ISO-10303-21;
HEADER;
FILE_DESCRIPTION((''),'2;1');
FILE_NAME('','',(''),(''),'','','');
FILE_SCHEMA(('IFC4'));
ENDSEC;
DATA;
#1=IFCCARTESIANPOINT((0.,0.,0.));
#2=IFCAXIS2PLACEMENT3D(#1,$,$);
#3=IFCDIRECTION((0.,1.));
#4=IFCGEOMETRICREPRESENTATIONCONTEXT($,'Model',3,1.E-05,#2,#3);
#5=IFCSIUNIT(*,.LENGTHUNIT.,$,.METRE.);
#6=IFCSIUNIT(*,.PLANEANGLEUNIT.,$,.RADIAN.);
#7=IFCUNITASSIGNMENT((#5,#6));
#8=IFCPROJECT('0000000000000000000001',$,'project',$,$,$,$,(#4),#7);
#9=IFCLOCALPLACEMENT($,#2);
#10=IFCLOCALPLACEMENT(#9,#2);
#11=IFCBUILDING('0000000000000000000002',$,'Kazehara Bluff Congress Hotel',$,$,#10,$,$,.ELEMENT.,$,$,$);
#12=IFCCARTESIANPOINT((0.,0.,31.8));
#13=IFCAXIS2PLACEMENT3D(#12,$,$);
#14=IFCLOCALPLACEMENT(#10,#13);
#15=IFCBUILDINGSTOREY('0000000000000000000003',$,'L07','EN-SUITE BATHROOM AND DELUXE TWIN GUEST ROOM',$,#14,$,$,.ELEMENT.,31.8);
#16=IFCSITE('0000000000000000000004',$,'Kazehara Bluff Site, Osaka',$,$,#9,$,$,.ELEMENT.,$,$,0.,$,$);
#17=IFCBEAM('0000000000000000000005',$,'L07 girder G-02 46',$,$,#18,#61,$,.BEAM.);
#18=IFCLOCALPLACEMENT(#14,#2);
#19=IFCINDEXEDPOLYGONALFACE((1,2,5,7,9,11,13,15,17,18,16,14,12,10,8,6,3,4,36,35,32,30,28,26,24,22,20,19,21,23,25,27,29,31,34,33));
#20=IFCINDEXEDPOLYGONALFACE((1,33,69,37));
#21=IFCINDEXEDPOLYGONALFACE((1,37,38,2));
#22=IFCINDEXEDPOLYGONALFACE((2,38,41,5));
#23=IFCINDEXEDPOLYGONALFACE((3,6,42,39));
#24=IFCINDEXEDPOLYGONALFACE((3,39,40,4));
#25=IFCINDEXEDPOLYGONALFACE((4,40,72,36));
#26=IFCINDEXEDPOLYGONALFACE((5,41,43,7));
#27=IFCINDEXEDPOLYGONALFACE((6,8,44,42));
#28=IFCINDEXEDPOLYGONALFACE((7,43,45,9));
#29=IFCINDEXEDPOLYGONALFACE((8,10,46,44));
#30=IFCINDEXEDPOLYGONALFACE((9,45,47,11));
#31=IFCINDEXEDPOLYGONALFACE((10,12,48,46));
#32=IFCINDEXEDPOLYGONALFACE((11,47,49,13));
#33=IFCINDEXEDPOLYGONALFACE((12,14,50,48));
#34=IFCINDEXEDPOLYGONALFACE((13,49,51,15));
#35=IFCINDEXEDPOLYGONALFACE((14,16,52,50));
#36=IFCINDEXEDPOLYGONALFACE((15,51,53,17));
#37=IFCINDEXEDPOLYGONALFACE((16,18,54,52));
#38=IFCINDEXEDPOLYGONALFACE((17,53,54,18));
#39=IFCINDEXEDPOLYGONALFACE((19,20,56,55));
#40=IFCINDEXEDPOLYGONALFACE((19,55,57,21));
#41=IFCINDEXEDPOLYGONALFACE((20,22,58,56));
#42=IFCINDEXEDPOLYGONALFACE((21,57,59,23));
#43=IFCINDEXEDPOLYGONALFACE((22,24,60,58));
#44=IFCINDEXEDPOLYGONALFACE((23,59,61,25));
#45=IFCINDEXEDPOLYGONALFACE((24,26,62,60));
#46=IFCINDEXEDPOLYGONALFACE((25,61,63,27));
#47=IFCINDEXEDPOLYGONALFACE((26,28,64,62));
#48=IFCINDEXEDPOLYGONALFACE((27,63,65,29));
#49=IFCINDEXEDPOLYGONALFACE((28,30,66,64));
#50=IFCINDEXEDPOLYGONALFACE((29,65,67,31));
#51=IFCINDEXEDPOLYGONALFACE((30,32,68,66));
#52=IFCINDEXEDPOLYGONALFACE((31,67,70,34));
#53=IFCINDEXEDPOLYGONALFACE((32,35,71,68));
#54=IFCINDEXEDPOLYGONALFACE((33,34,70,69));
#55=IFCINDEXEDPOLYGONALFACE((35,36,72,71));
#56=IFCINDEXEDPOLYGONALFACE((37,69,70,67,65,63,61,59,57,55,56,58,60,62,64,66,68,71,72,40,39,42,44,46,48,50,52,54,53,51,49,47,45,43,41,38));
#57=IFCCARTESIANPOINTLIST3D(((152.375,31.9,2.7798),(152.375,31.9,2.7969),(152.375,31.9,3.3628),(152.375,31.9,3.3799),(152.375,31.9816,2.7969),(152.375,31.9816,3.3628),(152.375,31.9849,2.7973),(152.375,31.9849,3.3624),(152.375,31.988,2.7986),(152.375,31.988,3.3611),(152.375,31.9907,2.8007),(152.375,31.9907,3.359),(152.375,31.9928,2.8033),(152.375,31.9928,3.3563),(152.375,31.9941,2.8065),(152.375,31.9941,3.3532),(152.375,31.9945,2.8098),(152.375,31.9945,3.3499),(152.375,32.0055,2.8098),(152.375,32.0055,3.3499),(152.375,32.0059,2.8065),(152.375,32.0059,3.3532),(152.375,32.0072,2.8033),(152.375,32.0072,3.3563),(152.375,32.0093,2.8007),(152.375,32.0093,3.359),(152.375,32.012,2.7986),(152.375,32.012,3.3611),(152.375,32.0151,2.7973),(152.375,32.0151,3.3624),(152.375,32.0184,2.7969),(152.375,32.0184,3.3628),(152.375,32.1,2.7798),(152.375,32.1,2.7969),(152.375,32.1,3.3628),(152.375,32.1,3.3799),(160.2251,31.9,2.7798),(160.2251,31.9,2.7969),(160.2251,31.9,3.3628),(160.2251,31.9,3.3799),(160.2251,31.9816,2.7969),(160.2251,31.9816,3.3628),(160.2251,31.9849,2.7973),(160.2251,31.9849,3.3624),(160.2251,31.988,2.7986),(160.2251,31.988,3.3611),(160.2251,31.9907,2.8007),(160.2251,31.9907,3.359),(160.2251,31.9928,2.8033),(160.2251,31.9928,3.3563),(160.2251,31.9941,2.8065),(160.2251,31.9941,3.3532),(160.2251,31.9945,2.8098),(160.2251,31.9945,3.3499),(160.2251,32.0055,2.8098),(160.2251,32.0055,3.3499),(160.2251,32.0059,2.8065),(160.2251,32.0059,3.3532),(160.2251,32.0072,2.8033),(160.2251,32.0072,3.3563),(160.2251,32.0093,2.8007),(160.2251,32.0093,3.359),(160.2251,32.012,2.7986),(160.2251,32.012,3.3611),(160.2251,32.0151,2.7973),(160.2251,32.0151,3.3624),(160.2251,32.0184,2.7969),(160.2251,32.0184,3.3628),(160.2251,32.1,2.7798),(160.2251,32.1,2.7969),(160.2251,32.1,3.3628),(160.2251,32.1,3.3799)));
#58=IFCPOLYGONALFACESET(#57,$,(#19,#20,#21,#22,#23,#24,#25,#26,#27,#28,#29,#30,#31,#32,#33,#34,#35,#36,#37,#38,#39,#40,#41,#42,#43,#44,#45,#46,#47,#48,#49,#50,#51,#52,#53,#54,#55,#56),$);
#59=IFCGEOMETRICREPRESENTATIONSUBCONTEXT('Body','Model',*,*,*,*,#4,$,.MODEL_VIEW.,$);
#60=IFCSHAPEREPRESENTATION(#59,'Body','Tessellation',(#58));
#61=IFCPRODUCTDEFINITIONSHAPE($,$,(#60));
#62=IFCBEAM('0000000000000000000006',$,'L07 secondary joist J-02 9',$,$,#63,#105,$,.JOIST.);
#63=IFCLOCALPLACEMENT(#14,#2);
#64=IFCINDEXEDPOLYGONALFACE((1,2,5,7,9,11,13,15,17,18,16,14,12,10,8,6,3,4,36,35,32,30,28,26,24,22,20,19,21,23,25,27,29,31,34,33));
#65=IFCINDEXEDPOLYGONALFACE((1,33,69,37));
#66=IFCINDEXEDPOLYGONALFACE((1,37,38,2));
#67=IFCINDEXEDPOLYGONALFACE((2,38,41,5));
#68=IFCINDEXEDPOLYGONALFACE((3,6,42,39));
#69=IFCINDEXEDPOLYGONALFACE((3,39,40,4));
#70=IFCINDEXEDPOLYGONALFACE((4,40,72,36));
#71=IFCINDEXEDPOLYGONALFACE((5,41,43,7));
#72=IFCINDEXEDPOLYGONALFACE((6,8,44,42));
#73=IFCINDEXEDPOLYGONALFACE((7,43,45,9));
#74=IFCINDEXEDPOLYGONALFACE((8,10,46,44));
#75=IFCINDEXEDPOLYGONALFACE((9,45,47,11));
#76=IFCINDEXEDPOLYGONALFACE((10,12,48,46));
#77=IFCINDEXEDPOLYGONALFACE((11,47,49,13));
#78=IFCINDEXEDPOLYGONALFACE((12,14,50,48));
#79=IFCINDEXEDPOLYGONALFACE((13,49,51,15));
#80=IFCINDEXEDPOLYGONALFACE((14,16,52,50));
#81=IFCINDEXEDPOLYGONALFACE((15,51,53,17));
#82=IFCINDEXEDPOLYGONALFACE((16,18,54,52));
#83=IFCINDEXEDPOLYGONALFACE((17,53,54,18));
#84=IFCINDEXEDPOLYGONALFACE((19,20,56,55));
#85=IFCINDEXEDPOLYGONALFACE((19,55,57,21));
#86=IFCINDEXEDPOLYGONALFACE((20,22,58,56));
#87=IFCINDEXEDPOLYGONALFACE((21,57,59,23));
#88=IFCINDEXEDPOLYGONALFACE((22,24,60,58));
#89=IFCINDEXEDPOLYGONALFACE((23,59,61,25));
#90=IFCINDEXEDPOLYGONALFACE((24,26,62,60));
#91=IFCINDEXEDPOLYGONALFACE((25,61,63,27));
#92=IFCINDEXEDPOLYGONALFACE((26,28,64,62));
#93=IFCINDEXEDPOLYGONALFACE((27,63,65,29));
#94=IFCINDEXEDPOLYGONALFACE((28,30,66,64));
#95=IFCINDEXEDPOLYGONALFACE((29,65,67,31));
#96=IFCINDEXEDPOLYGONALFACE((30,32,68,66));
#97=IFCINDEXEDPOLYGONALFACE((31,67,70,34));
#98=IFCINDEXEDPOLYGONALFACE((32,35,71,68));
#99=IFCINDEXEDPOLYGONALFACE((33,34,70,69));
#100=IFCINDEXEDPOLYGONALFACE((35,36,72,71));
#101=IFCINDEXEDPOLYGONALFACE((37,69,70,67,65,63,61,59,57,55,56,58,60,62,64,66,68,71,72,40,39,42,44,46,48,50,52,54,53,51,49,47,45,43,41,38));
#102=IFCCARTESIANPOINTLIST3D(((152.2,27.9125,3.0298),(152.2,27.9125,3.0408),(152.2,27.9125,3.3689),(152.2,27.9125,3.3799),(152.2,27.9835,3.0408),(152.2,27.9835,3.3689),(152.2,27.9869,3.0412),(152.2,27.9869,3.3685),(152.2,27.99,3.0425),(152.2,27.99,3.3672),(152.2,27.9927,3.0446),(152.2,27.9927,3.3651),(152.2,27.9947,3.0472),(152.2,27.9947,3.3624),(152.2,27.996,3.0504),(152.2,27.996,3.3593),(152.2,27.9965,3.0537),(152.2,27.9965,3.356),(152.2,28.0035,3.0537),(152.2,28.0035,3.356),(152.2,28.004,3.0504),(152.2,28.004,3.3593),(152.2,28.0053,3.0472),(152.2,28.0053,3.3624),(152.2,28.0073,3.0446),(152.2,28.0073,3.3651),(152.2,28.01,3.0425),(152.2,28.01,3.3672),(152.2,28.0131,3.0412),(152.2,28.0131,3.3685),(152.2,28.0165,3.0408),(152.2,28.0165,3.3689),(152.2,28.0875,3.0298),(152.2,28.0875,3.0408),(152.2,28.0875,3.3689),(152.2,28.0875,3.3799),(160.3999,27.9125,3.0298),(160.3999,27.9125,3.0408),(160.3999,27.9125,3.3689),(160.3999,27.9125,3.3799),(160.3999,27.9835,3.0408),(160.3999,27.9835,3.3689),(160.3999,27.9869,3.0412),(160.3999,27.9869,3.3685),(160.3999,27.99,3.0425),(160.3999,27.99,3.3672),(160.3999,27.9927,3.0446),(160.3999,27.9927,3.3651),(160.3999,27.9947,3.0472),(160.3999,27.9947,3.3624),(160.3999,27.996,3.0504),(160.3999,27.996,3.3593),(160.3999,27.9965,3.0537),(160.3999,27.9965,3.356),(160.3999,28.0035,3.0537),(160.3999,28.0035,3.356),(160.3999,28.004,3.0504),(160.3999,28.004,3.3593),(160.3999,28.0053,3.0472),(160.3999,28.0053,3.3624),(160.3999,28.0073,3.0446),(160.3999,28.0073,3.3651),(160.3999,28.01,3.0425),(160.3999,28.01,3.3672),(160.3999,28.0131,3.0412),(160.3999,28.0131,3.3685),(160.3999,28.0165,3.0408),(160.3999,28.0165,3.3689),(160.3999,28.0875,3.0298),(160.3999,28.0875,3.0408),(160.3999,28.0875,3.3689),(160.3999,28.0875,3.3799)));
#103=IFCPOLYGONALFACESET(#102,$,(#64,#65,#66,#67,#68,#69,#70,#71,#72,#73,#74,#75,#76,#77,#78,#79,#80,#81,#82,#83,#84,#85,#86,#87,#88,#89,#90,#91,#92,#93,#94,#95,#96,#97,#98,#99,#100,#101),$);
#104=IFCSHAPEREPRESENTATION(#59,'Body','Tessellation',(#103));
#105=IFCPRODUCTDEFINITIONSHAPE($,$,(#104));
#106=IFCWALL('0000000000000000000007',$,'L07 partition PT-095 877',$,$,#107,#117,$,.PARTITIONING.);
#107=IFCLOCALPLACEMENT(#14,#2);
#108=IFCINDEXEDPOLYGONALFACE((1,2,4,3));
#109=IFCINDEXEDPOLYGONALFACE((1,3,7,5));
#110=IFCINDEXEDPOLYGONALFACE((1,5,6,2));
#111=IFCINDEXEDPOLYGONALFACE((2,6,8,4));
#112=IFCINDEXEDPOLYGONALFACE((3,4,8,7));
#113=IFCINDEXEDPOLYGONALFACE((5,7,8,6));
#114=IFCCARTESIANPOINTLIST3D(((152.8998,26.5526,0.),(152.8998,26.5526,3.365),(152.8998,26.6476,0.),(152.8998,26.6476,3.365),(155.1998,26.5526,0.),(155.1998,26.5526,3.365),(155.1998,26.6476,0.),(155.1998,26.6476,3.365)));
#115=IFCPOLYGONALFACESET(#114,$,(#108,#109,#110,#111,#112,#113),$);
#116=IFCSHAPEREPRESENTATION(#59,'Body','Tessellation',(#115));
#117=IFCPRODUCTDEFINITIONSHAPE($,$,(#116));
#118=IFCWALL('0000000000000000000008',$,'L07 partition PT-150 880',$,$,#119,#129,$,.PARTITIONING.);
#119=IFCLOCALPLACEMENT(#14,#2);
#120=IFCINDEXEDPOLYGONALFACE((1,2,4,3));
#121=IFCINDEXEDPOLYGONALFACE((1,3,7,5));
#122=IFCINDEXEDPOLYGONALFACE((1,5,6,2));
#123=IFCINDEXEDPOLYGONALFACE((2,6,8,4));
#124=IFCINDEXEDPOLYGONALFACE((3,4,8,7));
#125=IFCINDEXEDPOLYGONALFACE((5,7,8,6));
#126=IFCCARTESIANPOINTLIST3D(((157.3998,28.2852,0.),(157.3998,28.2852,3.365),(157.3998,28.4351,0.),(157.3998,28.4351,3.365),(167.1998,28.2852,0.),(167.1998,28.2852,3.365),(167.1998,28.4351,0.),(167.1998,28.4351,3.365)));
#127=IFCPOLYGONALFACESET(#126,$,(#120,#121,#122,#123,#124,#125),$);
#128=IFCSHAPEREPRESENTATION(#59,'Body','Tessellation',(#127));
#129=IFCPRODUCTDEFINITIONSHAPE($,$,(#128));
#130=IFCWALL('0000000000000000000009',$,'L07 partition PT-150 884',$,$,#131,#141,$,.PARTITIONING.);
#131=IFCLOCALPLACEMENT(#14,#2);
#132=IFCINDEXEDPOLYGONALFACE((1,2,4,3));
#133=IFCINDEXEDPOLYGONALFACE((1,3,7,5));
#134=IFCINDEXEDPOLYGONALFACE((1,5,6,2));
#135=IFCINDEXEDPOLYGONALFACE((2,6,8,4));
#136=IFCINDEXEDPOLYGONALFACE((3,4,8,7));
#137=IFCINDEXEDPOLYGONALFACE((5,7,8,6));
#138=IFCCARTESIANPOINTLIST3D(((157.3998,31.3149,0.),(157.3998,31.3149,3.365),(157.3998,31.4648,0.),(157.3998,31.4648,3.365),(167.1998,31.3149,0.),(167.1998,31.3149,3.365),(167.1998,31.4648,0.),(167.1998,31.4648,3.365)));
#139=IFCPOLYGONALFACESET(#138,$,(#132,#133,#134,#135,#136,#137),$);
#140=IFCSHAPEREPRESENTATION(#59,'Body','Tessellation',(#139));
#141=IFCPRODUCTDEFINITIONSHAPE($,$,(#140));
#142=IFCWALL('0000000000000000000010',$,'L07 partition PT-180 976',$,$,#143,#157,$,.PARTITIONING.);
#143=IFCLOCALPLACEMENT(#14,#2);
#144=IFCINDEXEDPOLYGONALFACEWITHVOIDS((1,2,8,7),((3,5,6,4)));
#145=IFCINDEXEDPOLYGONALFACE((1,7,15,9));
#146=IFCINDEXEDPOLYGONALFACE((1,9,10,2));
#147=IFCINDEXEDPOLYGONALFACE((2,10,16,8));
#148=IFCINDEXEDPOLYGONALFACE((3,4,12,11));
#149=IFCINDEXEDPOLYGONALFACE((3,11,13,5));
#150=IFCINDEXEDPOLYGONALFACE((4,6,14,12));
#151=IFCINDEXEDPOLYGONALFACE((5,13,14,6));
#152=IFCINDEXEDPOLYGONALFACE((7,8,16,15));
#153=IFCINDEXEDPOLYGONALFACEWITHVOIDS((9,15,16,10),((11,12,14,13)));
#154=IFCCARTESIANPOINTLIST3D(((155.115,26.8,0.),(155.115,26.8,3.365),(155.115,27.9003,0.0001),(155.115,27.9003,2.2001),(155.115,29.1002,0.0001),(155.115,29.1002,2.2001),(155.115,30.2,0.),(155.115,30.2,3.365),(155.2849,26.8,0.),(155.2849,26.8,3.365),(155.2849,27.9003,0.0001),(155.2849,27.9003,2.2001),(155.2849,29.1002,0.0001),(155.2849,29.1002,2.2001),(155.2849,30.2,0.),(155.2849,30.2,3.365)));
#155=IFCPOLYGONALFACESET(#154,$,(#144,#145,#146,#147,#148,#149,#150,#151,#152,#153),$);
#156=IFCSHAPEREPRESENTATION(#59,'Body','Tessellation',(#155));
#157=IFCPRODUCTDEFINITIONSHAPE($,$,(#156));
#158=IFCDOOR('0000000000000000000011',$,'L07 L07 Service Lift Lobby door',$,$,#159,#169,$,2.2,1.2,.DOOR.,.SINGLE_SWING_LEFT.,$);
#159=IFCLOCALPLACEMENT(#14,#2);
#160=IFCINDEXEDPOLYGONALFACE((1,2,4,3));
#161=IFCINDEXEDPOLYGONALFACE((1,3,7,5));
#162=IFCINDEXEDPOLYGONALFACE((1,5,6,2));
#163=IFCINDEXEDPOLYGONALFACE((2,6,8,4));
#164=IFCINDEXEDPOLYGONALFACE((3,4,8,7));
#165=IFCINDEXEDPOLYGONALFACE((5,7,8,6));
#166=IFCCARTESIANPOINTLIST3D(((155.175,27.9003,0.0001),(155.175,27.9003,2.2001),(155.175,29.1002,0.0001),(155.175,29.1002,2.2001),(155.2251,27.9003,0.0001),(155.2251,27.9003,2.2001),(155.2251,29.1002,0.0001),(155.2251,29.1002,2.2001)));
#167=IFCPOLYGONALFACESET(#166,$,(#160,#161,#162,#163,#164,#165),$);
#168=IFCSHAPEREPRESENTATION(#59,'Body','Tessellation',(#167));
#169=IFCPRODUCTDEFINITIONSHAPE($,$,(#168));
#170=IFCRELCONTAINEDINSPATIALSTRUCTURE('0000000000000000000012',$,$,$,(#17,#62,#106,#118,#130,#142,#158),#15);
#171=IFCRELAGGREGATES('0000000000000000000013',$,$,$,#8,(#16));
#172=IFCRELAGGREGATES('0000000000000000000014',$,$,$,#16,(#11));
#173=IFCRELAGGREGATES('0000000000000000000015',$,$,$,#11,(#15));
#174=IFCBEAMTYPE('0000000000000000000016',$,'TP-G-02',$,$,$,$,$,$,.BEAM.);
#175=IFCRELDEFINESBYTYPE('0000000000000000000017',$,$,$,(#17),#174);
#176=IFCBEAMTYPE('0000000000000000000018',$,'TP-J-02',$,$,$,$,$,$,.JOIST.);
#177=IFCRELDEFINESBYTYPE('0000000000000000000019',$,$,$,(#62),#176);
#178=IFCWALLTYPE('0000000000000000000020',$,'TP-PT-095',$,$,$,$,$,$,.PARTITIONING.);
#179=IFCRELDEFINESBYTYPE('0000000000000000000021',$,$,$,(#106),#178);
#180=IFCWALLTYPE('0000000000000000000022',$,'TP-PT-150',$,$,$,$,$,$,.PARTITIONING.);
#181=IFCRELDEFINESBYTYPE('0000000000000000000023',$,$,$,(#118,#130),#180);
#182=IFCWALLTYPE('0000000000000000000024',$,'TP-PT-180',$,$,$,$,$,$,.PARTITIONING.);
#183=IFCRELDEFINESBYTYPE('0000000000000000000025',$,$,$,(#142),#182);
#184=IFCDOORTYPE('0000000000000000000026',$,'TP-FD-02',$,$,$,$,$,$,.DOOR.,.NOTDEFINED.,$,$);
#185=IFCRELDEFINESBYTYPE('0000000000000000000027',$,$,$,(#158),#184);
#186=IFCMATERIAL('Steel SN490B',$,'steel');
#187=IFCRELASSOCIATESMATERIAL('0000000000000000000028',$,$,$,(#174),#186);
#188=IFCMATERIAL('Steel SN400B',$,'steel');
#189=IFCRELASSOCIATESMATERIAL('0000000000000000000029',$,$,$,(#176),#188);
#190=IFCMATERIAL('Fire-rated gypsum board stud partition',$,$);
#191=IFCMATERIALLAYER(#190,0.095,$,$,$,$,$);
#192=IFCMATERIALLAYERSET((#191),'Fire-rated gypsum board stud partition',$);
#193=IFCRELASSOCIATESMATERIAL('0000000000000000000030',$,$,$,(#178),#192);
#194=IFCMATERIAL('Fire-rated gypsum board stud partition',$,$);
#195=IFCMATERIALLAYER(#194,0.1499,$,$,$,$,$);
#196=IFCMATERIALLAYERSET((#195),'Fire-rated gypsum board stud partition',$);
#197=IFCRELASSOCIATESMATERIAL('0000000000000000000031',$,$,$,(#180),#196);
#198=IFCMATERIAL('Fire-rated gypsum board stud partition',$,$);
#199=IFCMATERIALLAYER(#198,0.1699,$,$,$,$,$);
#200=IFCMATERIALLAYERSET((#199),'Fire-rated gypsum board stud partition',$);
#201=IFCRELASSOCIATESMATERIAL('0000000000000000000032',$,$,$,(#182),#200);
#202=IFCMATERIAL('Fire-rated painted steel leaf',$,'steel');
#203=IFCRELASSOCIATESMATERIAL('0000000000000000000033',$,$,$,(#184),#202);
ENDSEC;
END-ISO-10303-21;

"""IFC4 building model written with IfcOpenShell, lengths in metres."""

from ifc_helpers import new_model, si_unit, direction, frame, frame_2d, origin, origin_2d, place, context, subcontext, project, spatial, rectangle, i_section, extrude, material, layer, layer_set, material_profile, profile_set, type_object, element, fill, save


model = new_model("IFC4")

# Units and contexts
model_context = context("Model", 3, precision=1e-05, world=origin(), true_north=direction((0.0, 1.0)))
body_context = subcontext(model_context, "Body", "Model", "MODEL_VIEW")
ifc_project = project(units=[si_unit("LENGTHUNIT", "METRE"), si_unit("PLANEANGLEUNIT", "RADIAN")], contexts=[model_context])

# Site, building, storey
site_placement = place(None, origin())
site = spatial("IfcSite", under=ifc_project, at=site_placement, Name="Kazehara Bluff Site, Osaka", CompositionType="ELEMENT", RefElevation=0.0)
building_placement = place(site_placement, origin())
building = spatial("IfcBuilding", under=site, at=building_placement, Name="Kazehara Bluff Congress Hotel", CompositionType="ELEMENT")
storey_placement = place(building_placement, frame((0.0, 0.0, 31.8)))
storey = spatial("IfcBuildingStorey", under=building, at=storey_placement, Name="L07", Description="EN-SUITE BATHROOM AND DELUXE TWIN GUEST ROOM", CompositionType="ELEMENT", Elevation=31.8)

# Beams
ifc_material_1 = material(Name="Steel SN490B", Category="steel")
ifc_material_profile_1 = material_profile(ifc_material_1, i_section(OverallWidth=0.2, OverallDepth=0.6001, WebThickness=0.011, FlangeThickness=0.0171, FilletRadius=0.0129, at=origin_2d()))
ifc_profile_set_1 = profile_set([ifc_material_profile_1], Name="Steel SN490B")
beam_type_1 = type_object("IfcBeamType", Name="TP-G-02", PredefinedType="BEAM", material=ifc_profile_set_1)
beam_1_placement = place(storey_placement, frame((152.375, 32.0, 3.0798), z_axis=(1.0, 0.0, 0.0), x_axis=(0.0, 1.0, 0.0)))
element("IfcBeam", 1, at=beam_1_placement, inside=storey, type_object=beam_type_1, Name="L07 girder G-02 46", PredefinedType="BEAM", context=body_context, shape_type="SweptSolid", body=[
    extrude(i_section(OverallWidth=0.2, OverallDepth=0.6001, WebThickness=0.011, FlangeThickness=0.0171, FilletRadius=0.0129, at=origin_2d()), origin(), (0.0, 0.0, 1.0), 7.8501),
])
ifc_material_2 = material(Name="Steel SN400B", Category="steel")
ifc_material_profile_2 = material_profile(ifc_material_2, i_section(OverallWidth=0.175, OverallDepth=0.3501, WebThickness=0.0071, FlangeThickness=0.011, FilletRadius=0.0129, at=origin_2d()))
ifc_profile_set_2 = profile_set([ifc_material_profile_2], Name="Steel SN400B")
beam_type_2 = type_object("IfcBeamType", Name="TP-J-02", PredefinedType="JOIST", material=ifc_profile_set_2)
beam_2_placement = place(storey_placement, frame((152.2, 28.0, 3.2048), z_axis=(1.0, 0.0, 0.0), x_axis=(0.0, 1.0, 0.0)))
element("IfcBeam", 2, at=beam_2_placement, inside=storey, type_object=beam_type_2, Name="L07 secondary joist J-02 9", PredefinedType="JOIST", context=body_context, shape_type="SweptSolid", body=[
    extrude(i_section(OverallWidth=0.175, OverallDepth=0.3501, WebThickness=0.0071, FlangeThickness=0.011, FilletRadius=0.0129, at=origin_2d()), origin(), (0.0, 0.0, 1.0), 8.2),
])

# Wall
ifc_material_3 = material(Name="Fire-rated gypsum board stud partition")
ifc_layer_1 = layer(ifc_material_3, 0.095)
ifc_layer_set_1 = layer_set([ifc_layer_1], Name="Fire-rated gypsum board stud partition")
wall_type_1 = type_object("IfcWallType", Name="TP-PT-095", PredefinedType="PARTITIONING", material=ifc_layer_set_1)
wall_1_placement = place(storey_placement, frame((152.8999, 26.6001, 0.0), z_axis=(0.0, 0.0, 1.0), x_axis=(1.0, 0.0, 0.0)))
element("IfcWall", 3, at=wall_1_placement, inside=storey, type_object=wall_type_1, Name="L07 partition PT-095 877", PredefinedType="PARTITIONING", context=body_context, shape_type="SweptSolid", body=[
    extrude(rectangle(XDim=2.3, YDim=0.095, at=frame_2d((1.1499, 0.0))), origin(), (0.0, 0.0, 1.0), 3.365),
])

# Shared definitions
ifc_material_4 = material(Name="Fire-rated gypsum board stud partition")
ifc_layer_2 = layer(ifc_material_4, 0.1499)
ifc_layer_set_2 = layer_set([ifc_layer_2], Name="Fire-rated gypsum board stud partition")
wall_type_2 = type_object("IfcWallType", Name="TP-PT-150", PredefinedType="PARTITIONING", material=ifc_layer_set_2)

# Wall
wall_2_placement = place(storey_placement, frame((157.3999, 28.3601, 0.0), z_axis=(0.0, 0.0, 1.0), x_axis=(1.0, 0.0, 0.0)))
element("IfcWall", 4, at=wall_2_placement, inside=storey, type_object=wall_type_2, Name="L07 partition PT-150 880", PredefinedType="PARTITIONING", context=body_context, shape_type="SweptSolid", body=[
    extrude(rectangle(XDim=9.8, YDim=0.1499, at=frame_2d((4.8999, 0.0))), origin(), (0.0, 0.0, 1.0), 3.365),
])

# Wall
wall_3_placement = place(storey_placement, frame((157.3999, 31.3899, 0.0), z_axis=(0.0, 0.0, 1.0), x_axis=(1.0, 0.0, 0.0)))
element("IfcWall", 5, at=wall_3_placement, inside=storey, type_object=wall_type_2, Name="L07 partition PT-150 884", PredefinedType="PARTITIONING", context=body_context, shape_type="SweptSolid", body=[
    extrude(rectangle(XDim=9.8, YDim=0.1499, at=frame_2d((4.8999, 0.0))), origin(), (0.0, 0.0, 1.0), 3.365),
])

# Wall, opening, door
ifc_material_5 = material(Name="Fire-rated gypsum board stud partition")
ifc_layer_3 = layer(ifc_material_5, 0.1699)
ifc_layer_set_3 = layer_set([ifc_layer_3], Name="Fire-rated gypsum board stud partition")
wall_type_3 = type_object("IfcWallType", Name="TP-PT-180", PredefinedType="PARTITIONING", material=ifc_layer_set_3)
wall_4_placement = place(storey_placement, frame((155.2, 26.8, 0.0), z_axis=(0.0, 0.0, 1.0), x_axis=(0.0, 1.0, 0.0)))
wall_4 = element("IfcWall", 6, at=wall_4_placement, inside=storey, type_object=wall_type_3, Name="L07 partition PT-180 976", PredefinedType="PARTITIONING", context=body_context, shape_type="SweptSolid", body=[
    extrude(rectangle(XDim=3.3999, YDim=0.1699, at=frame_2d((1.7, 0.0))), origin(), (0.0, 0.0, 1.0), 3.365),
])
opening_1_placement = place(wall_4_placement, frame((1.1001, 0.0, 0.0)))
opening_1 = element("IfcOpeningElement", 7, at=opening_1_placement, cuts=wall_4, PredefinedType="OPENING", context=body_context, shape_type="SweptSolid", body=[
    extrude(rectangle(XDim=1.2, YDim=2.2, at=frame_2d((0.6001, 1.1001))), frame((0.0, 0.095, 0.0), z_axis=(0.0, -1.0, 0.0), x_axis=(1.0, 0.0, 0.0)), (0.0, 0.0, 1.0), 0.1899),
])
ifc_material_6 = material(Name="Fire-rated painted steel leaf", Category="steel")
door_type_1 = type_object("IfcDoorType", Name="TP-FD-02", OperationType="NOTDEFINED", PredefinedType="DOOR", material=ifc_material_6)
door_1_placement = place(opening_1_placement, origin())
door_1 = element("IfcDoor", 8, at=door_1_placement, inside=storey, type_object=door_type_1, Name="L07 L07 Service Lift Lobby door", OperationType="SINGLE_SWING_LEFT", OverallHeight=2.2, OverallWidth=1.2, PredefinedType="DOOR", context=body_context, shape_type="SweptSolid", body=[
    extrude(rectangle(XDim=1.2, YDim=2.2, at=frame_2d((0.6001, 1.1001))), frame((0.0, 0.0249, 0.0), z_axis=(0.0, -1.0, 0.0), x_axis=(1.0, 0.0, 0.0)), (0.0, 0.0, 1.0), 0.05),
])
fill(opening_1, door_1)

save(model, "model.ifc")
